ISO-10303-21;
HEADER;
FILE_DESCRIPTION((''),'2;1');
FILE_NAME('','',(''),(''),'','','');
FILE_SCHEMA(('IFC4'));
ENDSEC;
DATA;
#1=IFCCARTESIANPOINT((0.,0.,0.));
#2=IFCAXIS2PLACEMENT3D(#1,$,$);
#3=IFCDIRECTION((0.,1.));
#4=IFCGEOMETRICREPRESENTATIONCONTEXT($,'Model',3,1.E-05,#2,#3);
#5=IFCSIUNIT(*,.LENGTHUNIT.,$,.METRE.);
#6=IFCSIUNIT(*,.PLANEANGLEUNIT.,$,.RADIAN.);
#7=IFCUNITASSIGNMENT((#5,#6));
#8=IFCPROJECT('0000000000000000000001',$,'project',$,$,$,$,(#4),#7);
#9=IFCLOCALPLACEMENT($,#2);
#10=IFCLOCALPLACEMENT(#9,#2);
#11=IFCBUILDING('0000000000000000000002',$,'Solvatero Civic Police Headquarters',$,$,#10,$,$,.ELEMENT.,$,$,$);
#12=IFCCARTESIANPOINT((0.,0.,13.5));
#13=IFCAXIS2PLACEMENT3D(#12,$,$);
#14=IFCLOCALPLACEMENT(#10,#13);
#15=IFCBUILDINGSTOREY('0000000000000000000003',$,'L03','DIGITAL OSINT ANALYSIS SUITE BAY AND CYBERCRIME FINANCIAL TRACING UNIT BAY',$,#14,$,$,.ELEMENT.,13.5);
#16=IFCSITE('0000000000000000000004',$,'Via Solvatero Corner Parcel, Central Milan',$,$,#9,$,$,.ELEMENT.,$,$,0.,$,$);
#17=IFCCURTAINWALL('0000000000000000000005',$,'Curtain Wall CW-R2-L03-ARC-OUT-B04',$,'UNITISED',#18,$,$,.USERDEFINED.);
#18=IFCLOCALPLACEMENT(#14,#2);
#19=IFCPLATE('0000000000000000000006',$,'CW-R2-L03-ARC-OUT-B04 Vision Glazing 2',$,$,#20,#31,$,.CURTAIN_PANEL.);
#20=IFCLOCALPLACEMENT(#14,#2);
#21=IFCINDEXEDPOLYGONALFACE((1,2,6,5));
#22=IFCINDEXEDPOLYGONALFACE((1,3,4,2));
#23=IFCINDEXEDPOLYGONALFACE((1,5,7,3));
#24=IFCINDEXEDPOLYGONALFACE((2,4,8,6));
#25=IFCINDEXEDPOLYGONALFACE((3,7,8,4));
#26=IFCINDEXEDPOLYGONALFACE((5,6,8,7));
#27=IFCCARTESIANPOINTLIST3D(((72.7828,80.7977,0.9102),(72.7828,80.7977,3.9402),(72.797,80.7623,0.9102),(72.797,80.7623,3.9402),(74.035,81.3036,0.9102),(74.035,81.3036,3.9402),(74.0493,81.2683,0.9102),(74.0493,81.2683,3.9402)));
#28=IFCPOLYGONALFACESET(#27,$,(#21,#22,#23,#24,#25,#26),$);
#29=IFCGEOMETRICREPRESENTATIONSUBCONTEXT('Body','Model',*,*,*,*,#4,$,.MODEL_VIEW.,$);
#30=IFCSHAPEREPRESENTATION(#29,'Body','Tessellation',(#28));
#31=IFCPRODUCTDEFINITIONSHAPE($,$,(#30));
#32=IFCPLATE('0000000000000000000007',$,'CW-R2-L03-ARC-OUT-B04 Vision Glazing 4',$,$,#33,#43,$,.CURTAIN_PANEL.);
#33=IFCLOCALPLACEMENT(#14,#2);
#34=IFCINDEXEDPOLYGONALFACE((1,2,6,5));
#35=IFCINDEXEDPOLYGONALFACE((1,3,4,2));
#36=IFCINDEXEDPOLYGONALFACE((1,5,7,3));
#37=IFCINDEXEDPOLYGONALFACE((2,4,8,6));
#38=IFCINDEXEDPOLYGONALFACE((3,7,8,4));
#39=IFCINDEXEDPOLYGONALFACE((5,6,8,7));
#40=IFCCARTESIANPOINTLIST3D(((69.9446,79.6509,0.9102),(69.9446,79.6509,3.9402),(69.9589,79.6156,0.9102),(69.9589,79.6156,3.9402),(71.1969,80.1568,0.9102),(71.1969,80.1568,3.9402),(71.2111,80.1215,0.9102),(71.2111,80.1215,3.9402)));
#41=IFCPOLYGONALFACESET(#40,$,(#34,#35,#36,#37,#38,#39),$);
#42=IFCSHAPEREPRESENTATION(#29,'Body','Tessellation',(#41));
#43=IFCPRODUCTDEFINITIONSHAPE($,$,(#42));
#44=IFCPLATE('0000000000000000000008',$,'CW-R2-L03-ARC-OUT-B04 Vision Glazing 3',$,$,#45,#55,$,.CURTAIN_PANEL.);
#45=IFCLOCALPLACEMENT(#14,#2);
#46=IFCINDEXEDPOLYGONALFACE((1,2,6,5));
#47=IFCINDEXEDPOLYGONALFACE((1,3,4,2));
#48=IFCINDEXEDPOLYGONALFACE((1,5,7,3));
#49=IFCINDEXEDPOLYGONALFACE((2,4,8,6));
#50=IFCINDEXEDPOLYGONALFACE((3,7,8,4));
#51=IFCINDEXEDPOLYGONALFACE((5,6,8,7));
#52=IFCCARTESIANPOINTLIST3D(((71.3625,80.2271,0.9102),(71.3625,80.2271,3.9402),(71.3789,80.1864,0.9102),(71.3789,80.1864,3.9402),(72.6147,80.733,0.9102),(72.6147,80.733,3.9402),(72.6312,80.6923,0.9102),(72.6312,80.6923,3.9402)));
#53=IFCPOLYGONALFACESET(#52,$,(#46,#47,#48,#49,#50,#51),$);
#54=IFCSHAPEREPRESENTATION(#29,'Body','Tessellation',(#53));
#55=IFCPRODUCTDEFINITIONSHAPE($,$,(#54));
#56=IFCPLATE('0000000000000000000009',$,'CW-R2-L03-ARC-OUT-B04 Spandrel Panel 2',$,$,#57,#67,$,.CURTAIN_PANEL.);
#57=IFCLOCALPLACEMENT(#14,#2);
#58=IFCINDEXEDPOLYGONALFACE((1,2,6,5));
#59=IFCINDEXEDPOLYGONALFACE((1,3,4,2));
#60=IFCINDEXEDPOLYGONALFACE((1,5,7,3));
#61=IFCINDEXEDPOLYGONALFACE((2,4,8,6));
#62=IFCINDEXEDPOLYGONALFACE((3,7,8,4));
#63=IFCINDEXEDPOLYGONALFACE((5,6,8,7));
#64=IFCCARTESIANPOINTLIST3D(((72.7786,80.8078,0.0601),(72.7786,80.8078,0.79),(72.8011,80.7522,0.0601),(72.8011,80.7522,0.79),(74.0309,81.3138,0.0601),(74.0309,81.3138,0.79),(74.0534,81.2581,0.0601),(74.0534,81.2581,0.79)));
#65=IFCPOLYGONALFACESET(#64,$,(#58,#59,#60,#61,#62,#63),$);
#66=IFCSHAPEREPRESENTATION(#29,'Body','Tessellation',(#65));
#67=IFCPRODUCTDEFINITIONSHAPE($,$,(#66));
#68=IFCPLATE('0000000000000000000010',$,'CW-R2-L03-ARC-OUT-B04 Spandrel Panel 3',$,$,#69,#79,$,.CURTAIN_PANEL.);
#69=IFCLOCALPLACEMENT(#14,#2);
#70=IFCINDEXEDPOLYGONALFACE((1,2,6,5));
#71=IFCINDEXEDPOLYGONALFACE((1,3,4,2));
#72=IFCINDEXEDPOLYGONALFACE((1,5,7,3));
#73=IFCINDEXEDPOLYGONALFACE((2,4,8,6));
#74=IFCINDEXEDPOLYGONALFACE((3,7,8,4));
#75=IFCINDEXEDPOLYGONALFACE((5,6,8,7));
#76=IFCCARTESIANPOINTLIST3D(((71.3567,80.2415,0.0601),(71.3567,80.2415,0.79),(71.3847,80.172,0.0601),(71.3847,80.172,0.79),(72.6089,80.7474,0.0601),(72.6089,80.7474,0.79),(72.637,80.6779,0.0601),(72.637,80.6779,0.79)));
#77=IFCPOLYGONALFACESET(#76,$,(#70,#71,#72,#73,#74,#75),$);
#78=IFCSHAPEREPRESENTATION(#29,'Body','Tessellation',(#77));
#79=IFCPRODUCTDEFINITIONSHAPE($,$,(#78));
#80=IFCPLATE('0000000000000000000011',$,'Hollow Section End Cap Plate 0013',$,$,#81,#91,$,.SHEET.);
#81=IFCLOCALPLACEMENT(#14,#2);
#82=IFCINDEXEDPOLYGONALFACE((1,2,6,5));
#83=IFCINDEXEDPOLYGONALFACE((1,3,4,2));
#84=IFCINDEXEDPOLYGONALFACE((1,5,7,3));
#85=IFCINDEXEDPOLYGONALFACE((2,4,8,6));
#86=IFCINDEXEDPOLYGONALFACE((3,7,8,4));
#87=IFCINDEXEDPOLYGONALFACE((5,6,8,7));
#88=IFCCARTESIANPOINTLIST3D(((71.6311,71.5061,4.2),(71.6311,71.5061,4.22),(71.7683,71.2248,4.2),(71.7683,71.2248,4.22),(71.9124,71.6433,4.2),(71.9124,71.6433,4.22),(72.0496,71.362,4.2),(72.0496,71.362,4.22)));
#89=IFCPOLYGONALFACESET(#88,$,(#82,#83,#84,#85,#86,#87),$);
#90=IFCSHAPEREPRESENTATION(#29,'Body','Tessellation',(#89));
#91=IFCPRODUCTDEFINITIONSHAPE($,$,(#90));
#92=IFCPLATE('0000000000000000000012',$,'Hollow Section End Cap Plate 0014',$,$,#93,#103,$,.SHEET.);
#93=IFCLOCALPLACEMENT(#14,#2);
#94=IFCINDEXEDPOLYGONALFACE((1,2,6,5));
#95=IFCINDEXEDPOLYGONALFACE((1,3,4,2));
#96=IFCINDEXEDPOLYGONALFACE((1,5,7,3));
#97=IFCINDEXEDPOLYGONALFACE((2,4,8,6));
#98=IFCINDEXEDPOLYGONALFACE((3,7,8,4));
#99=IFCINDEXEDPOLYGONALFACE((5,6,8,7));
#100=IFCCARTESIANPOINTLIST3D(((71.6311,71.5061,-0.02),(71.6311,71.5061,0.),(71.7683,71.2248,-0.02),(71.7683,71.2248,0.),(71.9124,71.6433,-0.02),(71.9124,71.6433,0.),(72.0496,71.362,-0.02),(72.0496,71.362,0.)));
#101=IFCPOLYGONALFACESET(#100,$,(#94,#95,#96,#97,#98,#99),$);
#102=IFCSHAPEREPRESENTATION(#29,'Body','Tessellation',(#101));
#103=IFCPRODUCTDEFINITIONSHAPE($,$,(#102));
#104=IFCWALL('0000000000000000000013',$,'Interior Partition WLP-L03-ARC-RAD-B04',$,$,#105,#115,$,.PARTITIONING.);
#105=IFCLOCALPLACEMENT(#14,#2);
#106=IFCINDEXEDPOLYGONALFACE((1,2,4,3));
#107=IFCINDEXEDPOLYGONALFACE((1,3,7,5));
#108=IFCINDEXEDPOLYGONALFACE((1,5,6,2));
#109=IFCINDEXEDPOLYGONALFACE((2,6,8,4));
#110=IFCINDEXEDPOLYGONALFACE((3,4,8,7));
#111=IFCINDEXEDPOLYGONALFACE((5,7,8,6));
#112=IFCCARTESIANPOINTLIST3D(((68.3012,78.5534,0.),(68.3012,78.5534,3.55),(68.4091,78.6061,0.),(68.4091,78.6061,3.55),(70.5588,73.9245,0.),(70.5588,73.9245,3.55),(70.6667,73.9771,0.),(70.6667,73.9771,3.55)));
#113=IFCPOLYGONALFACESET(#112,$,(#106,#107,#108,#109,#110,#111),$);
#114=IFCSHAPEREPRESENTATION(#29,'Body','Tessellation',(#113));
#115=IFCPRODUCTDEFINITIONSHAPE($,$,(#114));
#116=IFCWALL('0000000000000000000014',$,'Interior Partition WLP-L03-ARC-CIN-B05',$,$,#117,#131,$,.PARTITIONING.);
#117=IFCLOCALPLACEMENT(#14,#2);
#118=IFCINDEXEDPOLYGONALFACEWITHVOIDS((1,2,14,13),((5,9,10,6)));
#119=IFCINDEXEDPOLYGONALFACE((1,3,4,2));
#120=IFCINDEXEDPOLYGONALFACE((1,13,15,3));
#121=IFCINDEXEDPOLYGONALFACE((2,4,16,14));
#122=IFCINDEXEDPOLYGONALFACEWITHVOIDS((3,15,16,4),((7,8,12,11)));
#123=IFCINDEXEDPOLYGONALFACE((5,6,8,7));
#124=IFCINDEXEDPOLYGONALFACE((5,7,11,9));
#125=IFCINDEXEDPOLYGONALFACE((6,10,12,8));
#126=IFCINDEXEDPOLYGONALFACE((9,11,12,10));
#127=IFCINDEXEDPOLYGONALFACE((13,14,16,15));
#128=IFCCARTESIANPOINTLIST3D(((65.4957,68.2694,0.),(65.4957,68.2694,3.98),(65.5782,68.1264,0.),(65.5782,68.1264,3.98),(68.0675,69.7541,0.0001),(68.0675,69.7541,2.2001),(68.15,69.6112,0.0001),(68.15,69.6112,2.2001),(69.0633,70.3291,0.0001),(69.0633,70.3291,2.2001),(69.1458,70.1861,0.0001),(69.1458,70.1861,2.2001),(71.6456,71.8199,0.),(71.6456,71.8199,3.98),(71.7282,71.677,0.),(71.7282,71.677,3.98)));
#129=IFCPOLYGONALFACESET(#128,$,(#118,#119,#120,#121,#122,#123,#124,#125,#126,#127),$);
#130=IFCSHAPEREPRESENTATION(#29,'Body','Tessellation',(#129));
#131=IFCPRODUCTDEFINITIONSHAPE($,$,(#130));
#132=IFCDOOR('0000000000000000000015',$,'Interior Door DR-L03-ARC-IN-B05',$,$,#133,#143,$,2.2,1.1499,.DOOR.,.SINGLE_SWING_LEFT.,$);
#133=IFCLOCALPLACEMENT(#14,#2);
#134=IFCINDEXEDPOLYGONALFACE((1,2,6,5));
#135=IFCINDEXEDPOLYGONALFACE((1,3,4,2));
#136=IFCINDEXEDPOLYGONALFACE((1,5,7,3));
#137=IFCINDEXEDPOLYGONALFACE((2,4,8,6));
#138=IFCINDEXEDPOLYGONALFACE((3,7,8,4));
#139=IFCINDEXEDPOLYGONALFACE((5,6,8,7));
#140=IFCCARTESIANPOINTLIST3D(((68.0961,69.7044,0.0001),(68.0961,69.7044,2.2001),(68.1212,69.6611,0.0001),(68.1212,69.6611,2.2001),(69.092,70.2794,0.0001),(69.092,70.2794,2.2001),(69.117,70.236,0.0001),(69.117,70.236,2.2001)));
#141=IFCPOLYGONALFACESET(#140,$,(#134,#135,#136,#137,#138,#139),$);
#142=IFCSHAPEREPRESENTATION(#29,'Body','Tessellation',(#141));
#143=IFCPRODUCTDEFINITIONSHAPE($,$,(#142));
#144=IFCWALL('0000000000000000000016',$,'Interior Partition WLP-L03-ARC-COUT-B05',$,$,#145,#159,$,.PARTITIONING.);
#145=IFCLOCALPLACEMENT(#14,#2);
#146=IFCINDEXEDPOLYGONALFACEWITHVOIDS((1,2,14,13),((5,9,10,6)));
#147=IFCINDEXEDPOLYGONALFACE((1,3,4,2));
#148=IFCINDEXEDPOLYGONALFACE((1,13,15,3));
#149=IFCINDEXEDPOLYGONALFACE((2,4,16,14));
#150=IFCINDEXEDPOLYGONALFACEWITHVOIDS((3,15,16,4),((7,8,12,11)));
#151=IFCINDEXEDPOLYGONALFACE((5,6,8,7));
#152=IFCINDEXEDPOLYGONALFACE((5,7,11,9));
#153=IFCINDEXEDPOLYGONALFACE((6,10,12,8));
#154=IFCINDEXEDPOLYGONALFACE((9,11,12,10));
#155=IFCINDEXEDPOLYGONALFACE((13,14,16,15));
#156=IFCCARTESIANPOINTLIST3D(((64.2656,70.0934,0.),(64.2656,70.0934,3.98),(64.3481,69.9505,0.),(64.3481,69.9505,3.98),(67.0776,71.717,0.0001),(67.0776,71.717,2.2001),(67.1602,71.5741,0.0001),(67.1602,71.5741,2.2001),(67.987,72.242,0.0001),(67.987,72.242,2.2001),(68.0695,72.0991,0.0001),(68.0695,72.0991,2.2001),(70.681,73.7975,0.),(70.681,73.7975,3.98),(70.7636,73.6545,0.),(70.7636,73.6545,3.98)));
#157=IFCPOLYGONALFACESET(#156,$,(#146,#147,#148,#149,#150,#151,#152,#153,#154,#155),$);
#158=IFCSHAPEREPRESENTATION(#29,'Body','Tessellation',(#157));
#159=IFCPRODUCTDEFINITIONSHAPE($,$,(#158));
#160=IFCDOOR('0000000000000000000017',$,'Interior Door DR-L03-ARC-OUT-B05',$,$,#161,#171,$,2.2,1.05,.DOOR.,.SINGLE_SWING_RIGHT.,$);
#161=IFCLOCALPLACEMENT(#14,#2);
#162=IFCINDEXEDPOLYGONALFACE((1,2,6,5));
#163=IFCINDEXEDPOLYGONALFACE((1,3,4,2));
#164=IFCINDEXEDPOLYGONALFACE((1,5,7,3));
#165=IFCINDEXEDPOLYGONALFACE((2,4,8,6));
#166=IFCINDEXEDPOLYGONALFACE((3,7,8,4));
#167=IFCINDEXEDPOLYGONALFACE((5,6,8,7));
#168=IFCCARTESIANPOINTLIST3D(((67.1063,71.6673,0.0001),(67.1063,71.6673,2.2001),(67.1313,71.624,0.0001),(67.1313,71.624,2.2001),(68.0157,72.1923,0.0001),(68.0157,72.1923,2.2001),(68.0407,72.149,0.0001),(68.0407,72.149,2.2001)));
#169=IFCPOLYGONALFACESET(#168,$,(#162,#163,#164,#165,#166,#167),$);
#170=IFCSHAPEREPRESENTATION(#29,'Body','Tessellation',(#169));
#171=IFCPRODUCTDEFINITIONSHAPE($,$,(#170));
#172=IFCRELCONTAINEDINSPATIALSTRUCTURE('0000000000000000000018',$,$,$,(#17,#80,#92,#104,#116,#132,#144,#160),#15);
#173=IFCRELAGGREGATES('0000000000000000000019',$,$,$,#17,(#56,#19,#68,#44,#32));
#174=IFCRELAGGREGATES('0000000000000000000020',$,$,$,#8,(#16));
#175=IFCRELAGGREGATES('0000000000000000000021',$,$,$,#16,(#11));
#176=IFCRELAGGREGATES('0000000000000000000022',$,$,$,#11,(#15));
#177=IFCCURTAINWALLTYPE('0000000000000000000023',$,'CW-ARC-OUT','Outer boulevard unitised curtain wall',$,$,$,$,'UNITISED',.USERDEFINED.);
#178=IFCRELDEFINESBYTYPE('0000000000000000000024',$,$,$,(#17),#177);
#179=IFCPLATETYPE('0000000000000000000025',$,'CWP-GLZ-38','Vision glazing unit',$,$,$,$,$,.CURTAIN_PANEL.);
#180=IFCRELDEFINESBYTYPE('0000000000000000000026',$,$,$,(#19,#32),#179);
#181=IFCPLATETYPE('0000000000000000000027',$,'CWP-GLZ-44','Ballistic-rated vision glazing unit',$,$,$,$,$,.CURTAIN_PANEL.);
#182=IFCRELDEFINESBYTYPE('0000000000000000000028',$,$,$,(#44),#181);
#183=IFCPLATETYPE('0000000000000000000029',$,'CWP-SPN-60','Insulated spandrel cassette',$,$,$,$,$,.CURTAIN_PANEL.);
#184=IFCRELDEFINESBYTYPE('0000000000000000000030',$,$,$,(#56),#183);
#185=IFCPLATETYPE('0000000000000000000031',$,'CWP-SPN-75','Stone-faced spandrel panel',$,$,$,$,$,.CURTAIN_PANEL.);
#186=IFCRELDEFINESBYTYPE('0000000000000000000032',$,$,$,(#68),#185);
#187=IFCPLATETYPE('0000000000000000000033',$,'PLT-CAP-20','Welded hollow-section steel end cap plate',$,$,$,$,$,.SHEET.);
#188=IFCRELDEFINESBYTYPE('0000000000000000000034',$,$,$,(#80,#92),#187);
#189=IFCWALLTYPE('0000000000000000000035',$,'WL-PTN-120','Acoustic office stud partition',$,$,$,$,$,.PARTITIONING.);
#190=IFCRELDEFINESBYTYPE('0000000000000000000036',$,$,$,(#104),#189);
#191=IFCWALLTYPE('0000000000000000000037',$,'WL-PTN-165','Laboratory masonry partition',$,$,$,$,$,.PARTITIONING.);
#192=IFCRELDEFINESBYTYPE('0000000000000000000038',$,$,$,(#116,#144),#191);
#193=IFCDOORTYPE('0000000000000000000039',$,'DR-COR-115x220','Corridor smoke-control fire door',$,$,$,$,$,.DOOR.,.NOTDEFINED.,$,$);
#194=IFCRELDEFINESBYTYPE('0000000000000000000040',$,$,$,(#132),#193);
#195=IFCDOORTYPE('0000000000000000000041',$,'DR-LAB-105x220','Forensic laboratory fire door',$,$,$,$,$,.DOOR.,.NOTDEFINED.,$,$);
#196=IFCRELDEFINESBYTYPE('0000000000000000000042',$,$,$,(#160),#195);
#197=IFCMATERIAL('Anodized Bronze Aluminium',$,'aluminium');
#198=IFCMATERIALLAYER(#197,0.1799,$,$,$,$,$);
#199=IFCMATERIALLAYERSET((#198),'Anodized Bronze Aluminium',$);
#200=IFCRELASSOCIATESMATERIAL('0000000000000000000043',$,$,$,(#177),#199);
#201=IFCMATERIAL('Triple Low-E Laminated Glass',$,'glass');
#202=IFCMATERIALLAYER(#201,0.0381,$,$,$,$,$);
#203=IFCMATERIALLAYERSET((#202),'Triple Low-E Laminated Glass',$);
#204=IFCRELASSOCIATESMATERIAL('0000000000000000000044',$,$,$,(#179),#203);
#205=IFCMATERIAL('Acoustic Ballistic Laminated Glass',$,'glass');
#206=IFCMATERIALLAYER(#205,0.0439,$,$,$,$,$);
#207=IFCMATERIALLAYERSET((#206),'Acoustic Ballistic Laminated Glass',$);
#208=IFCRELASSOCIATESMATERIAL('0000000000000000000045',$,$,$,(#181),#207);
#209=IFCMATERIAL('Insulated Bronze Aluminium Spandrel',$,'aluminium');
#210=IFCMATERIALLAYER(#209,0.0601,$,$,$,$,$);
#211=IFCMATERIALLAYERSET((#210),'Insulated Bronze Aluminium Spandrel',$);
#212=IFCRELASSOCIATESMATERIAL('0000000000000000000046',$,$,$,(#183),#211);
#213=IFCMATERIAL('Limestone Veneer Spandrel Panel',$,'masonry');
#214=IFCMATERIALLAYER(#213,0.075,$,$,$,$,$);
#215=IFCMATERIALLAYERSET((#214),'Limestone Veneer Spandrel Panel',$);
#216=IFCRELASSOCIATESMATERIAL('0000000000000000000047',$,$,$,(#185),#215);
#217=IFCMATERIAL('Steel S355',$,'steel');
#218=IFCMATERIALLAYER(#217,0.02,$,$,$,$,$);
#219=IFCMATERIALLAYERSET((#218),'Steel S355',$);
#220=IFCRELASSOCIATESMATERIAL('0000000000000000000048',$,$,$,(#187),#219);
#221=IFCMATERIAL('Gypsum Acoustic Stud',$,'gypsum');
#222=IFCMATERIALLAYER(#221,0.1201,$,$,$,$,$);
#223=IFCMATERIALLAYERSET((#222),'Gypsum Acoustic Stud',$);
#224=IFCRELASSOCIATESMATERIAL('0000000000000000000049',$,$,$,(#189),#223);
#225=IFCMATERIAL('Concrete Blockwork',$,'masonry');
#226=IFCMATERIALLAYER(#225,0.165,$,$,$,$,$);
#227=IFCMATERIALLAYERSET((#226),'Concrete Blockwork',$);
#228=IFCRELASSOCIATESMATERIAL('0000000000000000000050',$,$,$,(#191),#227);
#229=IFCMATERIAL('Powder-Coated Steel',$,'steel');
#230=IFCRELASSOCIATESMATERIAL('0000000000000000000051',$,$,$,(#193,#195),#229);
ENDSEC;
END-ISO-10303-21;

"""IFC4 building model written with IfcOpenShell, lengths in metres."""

from ifc_helpers import new_model, si_unit, direction, frame, frame_2d, origin, origin_2d, place, context, subcontext, project, spatial, rectangle, extrude, material, layer, layer_set, type_object, element, fill, aggregate, save


model = new_model("IFC4")

# Units and contexts
model_context = context("Model", 3, precision=1e-05, world=origin(), true_north=direction((0.0, 1.0)))
body_context = subcontext(model_context, "Body", "Model", "MODEL_VIEW")
ifc_project = project(units=[si_unit("LENGTHUNIT", "METRE"), si_unit("PLANEANGLEUNIT", "RADIAN")], contexts=[model_context])

# Site, building, storey
site_placement = place(None, origin())
site = spatial("IfcSite", under=ifc_project, at=site_placement, Name="Via Solvatero Corner Parcel, Central Milan", CompositionType="ELEMENT", RefElevation=0.0)
building_placement = place(site_placement, origin())
building = spatial("IfcBuilding", under=site, at=building_placement, Name="Solvatero Civic Police Headquarters", CompositionType="ELEMENT")
storey_placement = place(building_placement, frame((0.0, 0.0, 13.5)))
storey = spatial("IfcBuildingStorey", under=building, at=storey_placement, Name="L03", Description="DIGITAL OSINT ANALYSIS SUITE BAY AND CYBERCRIME FINANCIAL TRACING UNIT BAY", CompositionType="ELEMENT", Elevation=13.5)

# Shared definitions
ifc_material_1 = material(Name="Steel S355", Category="steel")

# Curtain wall, plates
ifc_material_2 = material(Name="Anodized Bronze Aluminium", Category="aluminium")
ifc_layer_1 = layer(ifc_material_2, 0.1799)
ifc_layer_set_1 = layer_set([ifc_layer_1], Name="Anodized Bronze Aluminium")
curtain_wall_type = type_object("IfcCurtainWallType", Name="CW-ARC-OUT", Description="Outer boulevard unitised curtain wall", ElementType="UNITISED", PredefinedType="USERDEFINED", material=ifc_layer_set_1)
curtain_wall_placement = place(storey_placement, origin())
curtain_wall = element("IfcCurtainWall", 1, at=curtain_wall_placement, inside=storey, type_object=curtain_wall_type, Name="Curtain Wall CW-R2-L03-ARC-OUT-B04", ObjectType="UNITISED", PredefinedType="USERDEFINED")
ifc_material_3 = material(Name="Triple Low-E Laminated Glass", Category="glass")
ifc_layer_2 = layer(ifc_material_3, 0.0381)
ifc_layer_set_2 = layer_set([ifc_layer_2], Name="Triple Low-E Laminated Glass")
plate_type_1 = type_object("IfcPlateType", Name="CWP-GLZ-38", Description="Vision glazing unit", PredefinedType="CURTAIN_PANEL", material=ifc_layer_set_2)
plate_1_placement = place(storey_placement, frame((73.416, 81.033, 0.9102), z_axis=(0.0, 0.0, 1.0), x_axis=(-0.92719, -0.37459, 0.0)))
plate_1 = element("IfcPlate", 2, at=plate_1_placement, type_object=plate_type_1, Name="CW-R2-L03-ARC-OUT-B04 Vision Glazing 2", PredefinedType="CURTAIN_PANEL", context=body_context, shape_type="SweptSolid", body=[
    extrude(rectangle(XDim=1.3506, YDim=0.0381, at=origin_2d()), origin(), (0.0, 0.0, 1.0), 3.03),
])
plate_2_placement = place(storey_placement, frame((70.5779, 79.8862, 0.9102), z_axis=(0.0, 0.0, 1.0), x_axis=(-0.92719, -0.37459, 0.0)))
plate_2 = element("IfcPlate", 3, at=plate_2_placement, type_object=plate_type_1, Name="CW-R2-L03-ARC-OUT-B04 Vision Glazing 4", PredefinedType="CURTAIN_PANEL", context=body_context, shape_type="SweptSolid", body=[
    extrude(rectangle(XDim=1.3506, YDim=0.0381, at=origin_2d()), origin(), (0.0, 0.0, 1.0), 3.03),
])
ifc_material_4 = material(Name="Acoustic Ballistic Laminated Glass", Category="glass")
ifc_layer_3 = layer(ifc_material_4, 0.0439)
ifc_layer_set_3 = layer_set([ifc_layer_3], Name="Acoustic Ballistic Laminated Glass")
plate_type_2 = type_object("IfcPlateType", Name="CWP-GLZ-44", Description="Ballistic-rated vision glazing unit", PredefinedType="CURTAIN_PANEL", material=ifc_layer_set_3)
plate_3_placement = place(storey_placement, frame((71.9968, 80.4597, 0.9102), z_axis=(0.0, 0.0, 1.0), x_axis=(-0.92719, -0.37459, 0.0)))
plate_3 = element("IfcPlate", 4, at=plate_3_placement, type_object=plate_type_2, Name="CW-R2-L03-ARC-OUT-B04 Vision Glazing 3", PredefinedType="CURTAIN_PANEL", context=body_context, shape_type="SweptSolid", body=[
    extrude(rectangle(XDim=1.3506, YDim=0.0439, at=origin_2d()), origin(), (0.0, 0.0, 1.0), 3.03),
])
ifc_material_5 = material(Name="Insulated Bronze Aluminium Spandrel", Category="aluminium")
ifc_layer_4 = layer(ifc_material_5, 0.0601)
ifc_layer_set_4 = layer_set([ifc_layer_4], Name="Insulated Bronze Aluminium Spandrel")
plate_type_3 = type_object("IfcPlateType", Name="CWP-SPN-60", Description="Insulated spandrel cassette", PredefinedType="CURTAIN_PANEL", material=ifc_layer_set_4)
plate_4_placement = place(storey_placement, frame((73.416, 81.033, 0.0601), z_axis=(0.0, 0.0, 1.0), x_axis=(-0.92719, -0.37459, 0.0)))
plate_4 = element("IfcPlate", 5, at=plate_4_placement, type_object=plate_type_3, Name="CW-R2-L03-ARC-OUT-B04 Spandrel Panel 2", PredefinedType="CURTAIN_PANEL", context=body_context, shape_type="SweptSolid", body=[
    extrude(rectangle(XDim=1.3506, YDim=0.0601, at=origin_2d()), origin(), (0.0, 0.0, 1.0), 0.73),
])
ifc_material_6 = material(Name="Limestone Veneer Spandrel Panel", Category="masonry")
ifc_layer_5 = layer(ifc_material_6, 0.075)
ifc_layer_set_5 = layer_set([ifc_layer_5], Name="Limestone Veneer Spandrel Panel")
plate_type_4 = type_object("IfcPlateType", Name="CWP-SPN-75", Description="Stone-faced spandrel panel", PredefinedType="CURTAIN_PANEL", material=ifc_layer_set_5)
plate_5_placement = place(storey_placement, frame((71.9968, 80.4597, 0.0601), z_axis=(0.0, 0.0, 1.0), x_axis=(-0.92719, -0.37459, 0.0)))
plate_5 = element("IfcPlate", 6, at=plate_5_placement, type_object=plate_type_4, Name="CW-R2-L03-ARC-OUT-B04 Spandrel Panel 3", PredefinedType="CURTAIN_PANEL", context=body_context, shape_type="SweptSolid", body=[
    extrude(rectangle(XDim=1.3506, YDim=0.075, at=origin_2d()), origin(), (0.0, 0.0, 1.0), 0.73),
])
aggregate(curtain_wall, [plate_4, plate_1, plate_5, plate_3, plate_2])

# Plates
ifc_layer_6 = layer(ifc_material_1, 0.02)
ifc_layer_set_6 = layer_set([ifc_layer_6], Name="Steel S355")
plate_type_5 = type_object("IfcPlateType", Name="PLT-CAP-20", Description="Welded hollow-section steel end cap plate", PredefinedType="SHEET", material=ifc_layer_set_6)
for number, where, z_axis, x_axis, name in (
    (7, (71.8403, 71.4341, 4.2), (0.0, 0.0, 1.0), (0.898794, 0.438371, 0.0), "Hollow Section End Cap Plate 0013"),
    (8, (71.8403, 71.4341, -0.02), (0.0, 0.0, 1.0), (0.898794, 0.438371, 0.0), "Hollow Section End Cap Plate 0014"),
):
    element("IfcPlate", number, at=place(storey_placement, frame(where, z_axis=z_axis, x_axis=x_axis)), inside=storey, type_object=plate_type_5, Name=name, PredefinedType="SHEET", context=body_context, shape_type="SweptSolid", body=[
        extrude(rectangle(XDim=0.313, YDim=0.313, at=origin_2d()), origin(), (0.0, 0.0, 1.0), 0.02),
    ])

# Wall
ifc_material_7 = material(Name="Gypsum Acoustic Stud", Category="gypsum")
ifc_layer_7 = layer(ifc_material_7, 0.1201)
ifc_layer_set_7 = layer_set([ifc_layer_7], Name="Gypsum Acoustic Stud")
wall_type_1 = type_object("IfcWallType", Name="WL-PTN-120", Description="Acoustic office stud partition", PredefinedType="PARTITIONING", material=ifc_layer_set_7)
wall_1_placement = place(storey_placement, frame((70.6128, 73.9507, 0.0), z_axis=(0.0, 0.0, 1.0), x_axis=(-0.438355, 0.898802, 0.0)))
element("IfcWall", 9, at=wall_1_placement, inside=storey, type_object=wall_type_1, Name="Interior Partition WLP-L03-ARC-RAD-B04", PredefinedType="PARTITIONING", context=body_context, shape_type="SweptSolid", body=[
    extrude(rectangle(XDim=5.1501, YDim=0.1201, at=frame_2d((2.5752, 0.0))), origin(), (0.0, 0.0, 1.0), 3.55),
])

# Walls, openings, doors
ifc_material_8 = material(Name="Concrete Blockwork", Category="masonry")
ifc_layer_8 = layer(ifc_material_8, 0.165)
ifc_layer_set_8 = layer_set([ifc_layer_8], Name="Concrete Blockwork")
wall_type_2 = type_object("IfcWallType", Name="WL-PTN-165", Description="Laboratory masonry partition", PredefinedType="PARTITIONING", material=ifc_layer_set_8)
wall_2_placement = place(storey_placement, frame((71.687, 71.7485, 0.0), z_axis=(0.0, 0.0, 1.0), x_axis=(-0.866032, -0.499988, 0.0)))
wall_2 = element("IfcWall", 10, at=wall_2_placement, inside=storey, type_object=wall_type_2, Name="Interior Partition WLP-L03-ARC-CIN-B05", PredefinedType="PARTITIONING", context=body_context, shape_type="SweptSolid", body=[
    extrude(rectangle(XDim=7.1013, YDim=0.165, at=frame_2d((3.5508, 0.0))), origin(), (0.0, 0.0, 1.0), 3.98),
])
opening_1_placement = place(wall_2_placement, frame((2.9819, 0.0, 0.0)))
opening_1 = element("IfcOpeningElement", 11, at=opening_1_placement, cuts=wall_2, PredefinedType="OPENING", context=body_context, shape_type="SweptSolid", body=[
    extrude(rectangle(XDim=1.1499, YDim=2.2, at=frame_2d((0.575, 1.1001))), frame((0.0, 0.0925, 0.0), z_axis=(0.0, -1.0, 0.0), x_axis=(1.0, 0.0, 0.0)), (0.0, 0.0, 1.0), 0.1851),
])
ifc_material_9 = material(Name="Powder-Coated Steel", Category="steel")
door_type_1 = type_object("IfcDoorType", Name="DR-COR-115x220", Description="Corridor smoke-control fire door", OperationType="NOTDEFINED", PredefinedType="DOOR", material=ifc_material_9)
door_1_placement = place(opening_1_placement, origin())
door_1 = element("IfcDoor", 12, at=door_1_placement, inside=storey, type_object=door_type_1, Name="Interior Door DR-L03-ARC-IN-B05", OperationType="SINGLE_SWING_LEFT", OverallHeight=2.2, OverallWidth=1.1499, PredefinedType="DOOR", context=body_context, shape_type="SweptSolid", body=[
    extrude(rectangle(XDim=1.1499, YDim=2.2, at=frame_2d((0.575, 1.1001))), frame((0.0, 0.0249, 0.0), z_axis=(0.0, -1.0, 0.0), x_axis=(1.0, 0.0, 0.0)), (0.0, 0.0, 1.0), 0.05),
])
fill(opening_1, door_1)
wall_3_placement = place(storey_placement, frame((70.7224, 73.7261, 0.0), z_axis=(0.0, 0.0, 1.0), x_axis=(-0.86602, -0.50001, 0.0)))
wall_3 = element("IfcWall", 13, at=wall_3_placement, inside=storey, type_object=wall_type_2, Name="Interior Partition WLP-L03-ARC-COUT-B05", PredefinedType="PARTITIONING", context=body_context, shape_type="SweptSolid", body=[
    extrude(rectangle(XDim=7.408, YDim=0.165, at=frame_2d((3.7041, 0.0))), origin(), (0.0, 0.0, 1.0), 3.98),
])
opening_2_placement = place(wall_3_placement, frame((3.1111, 0.0, 0.0)))
opening_2 = element("IfcOpeningElement", 14, at=opening_2_placement, cuts=wall_3, PredefinedType="OPENING", context=body_context, shape_type="SweptSolid", body=[
    extrude(rectangle(XDim=1.05, YDim=2.2, at=frame_2d((0.5249, 1.1001))), frame((0.0, 0.0925, 0.0), z_axis=(0.0, -1.0, 0.0), x_axis=(1.0, 0.0, 0.0)), (0.0, 0.0, 1.0), 0.1851),
])
door_type_2 = type_object("IfcDoorType", Name="DR-LAB-105x220", Description="Forensic laboratory fire door", OperationType="NOTDEFINED", PredefinedType="DOOR", material=ifc_material_9)
door_2_placement = place(opening_2_placement, origin())
door_2 = element("IfcDoor", 15, at=door_2_placement, inside=storey, type_object=door_type_2, Name="Interior Door DR-L03-ARC-OUT-B05", OperationType="SINGLE_SWING_RIGHT", OverallHeight=2.2, OverallWidth=1.05, PredefinedType="DOOR", context=body_context, shape_type="SweptSolid", body=[
    extrude(rectangle(XDim=1.05, YDim=2.2, at=frame_2d((0.5249, 1.1001))), frame((0.0, 0.0249, 0.0), z_axis=(0.0, -1.0, 0.0), x_axis=(1.0, 0.0, 0.0)), (0.0, 0.0, 1.0), 0.05),
])
fill(opening_2, door_2)

save(model, "model.ifc")
